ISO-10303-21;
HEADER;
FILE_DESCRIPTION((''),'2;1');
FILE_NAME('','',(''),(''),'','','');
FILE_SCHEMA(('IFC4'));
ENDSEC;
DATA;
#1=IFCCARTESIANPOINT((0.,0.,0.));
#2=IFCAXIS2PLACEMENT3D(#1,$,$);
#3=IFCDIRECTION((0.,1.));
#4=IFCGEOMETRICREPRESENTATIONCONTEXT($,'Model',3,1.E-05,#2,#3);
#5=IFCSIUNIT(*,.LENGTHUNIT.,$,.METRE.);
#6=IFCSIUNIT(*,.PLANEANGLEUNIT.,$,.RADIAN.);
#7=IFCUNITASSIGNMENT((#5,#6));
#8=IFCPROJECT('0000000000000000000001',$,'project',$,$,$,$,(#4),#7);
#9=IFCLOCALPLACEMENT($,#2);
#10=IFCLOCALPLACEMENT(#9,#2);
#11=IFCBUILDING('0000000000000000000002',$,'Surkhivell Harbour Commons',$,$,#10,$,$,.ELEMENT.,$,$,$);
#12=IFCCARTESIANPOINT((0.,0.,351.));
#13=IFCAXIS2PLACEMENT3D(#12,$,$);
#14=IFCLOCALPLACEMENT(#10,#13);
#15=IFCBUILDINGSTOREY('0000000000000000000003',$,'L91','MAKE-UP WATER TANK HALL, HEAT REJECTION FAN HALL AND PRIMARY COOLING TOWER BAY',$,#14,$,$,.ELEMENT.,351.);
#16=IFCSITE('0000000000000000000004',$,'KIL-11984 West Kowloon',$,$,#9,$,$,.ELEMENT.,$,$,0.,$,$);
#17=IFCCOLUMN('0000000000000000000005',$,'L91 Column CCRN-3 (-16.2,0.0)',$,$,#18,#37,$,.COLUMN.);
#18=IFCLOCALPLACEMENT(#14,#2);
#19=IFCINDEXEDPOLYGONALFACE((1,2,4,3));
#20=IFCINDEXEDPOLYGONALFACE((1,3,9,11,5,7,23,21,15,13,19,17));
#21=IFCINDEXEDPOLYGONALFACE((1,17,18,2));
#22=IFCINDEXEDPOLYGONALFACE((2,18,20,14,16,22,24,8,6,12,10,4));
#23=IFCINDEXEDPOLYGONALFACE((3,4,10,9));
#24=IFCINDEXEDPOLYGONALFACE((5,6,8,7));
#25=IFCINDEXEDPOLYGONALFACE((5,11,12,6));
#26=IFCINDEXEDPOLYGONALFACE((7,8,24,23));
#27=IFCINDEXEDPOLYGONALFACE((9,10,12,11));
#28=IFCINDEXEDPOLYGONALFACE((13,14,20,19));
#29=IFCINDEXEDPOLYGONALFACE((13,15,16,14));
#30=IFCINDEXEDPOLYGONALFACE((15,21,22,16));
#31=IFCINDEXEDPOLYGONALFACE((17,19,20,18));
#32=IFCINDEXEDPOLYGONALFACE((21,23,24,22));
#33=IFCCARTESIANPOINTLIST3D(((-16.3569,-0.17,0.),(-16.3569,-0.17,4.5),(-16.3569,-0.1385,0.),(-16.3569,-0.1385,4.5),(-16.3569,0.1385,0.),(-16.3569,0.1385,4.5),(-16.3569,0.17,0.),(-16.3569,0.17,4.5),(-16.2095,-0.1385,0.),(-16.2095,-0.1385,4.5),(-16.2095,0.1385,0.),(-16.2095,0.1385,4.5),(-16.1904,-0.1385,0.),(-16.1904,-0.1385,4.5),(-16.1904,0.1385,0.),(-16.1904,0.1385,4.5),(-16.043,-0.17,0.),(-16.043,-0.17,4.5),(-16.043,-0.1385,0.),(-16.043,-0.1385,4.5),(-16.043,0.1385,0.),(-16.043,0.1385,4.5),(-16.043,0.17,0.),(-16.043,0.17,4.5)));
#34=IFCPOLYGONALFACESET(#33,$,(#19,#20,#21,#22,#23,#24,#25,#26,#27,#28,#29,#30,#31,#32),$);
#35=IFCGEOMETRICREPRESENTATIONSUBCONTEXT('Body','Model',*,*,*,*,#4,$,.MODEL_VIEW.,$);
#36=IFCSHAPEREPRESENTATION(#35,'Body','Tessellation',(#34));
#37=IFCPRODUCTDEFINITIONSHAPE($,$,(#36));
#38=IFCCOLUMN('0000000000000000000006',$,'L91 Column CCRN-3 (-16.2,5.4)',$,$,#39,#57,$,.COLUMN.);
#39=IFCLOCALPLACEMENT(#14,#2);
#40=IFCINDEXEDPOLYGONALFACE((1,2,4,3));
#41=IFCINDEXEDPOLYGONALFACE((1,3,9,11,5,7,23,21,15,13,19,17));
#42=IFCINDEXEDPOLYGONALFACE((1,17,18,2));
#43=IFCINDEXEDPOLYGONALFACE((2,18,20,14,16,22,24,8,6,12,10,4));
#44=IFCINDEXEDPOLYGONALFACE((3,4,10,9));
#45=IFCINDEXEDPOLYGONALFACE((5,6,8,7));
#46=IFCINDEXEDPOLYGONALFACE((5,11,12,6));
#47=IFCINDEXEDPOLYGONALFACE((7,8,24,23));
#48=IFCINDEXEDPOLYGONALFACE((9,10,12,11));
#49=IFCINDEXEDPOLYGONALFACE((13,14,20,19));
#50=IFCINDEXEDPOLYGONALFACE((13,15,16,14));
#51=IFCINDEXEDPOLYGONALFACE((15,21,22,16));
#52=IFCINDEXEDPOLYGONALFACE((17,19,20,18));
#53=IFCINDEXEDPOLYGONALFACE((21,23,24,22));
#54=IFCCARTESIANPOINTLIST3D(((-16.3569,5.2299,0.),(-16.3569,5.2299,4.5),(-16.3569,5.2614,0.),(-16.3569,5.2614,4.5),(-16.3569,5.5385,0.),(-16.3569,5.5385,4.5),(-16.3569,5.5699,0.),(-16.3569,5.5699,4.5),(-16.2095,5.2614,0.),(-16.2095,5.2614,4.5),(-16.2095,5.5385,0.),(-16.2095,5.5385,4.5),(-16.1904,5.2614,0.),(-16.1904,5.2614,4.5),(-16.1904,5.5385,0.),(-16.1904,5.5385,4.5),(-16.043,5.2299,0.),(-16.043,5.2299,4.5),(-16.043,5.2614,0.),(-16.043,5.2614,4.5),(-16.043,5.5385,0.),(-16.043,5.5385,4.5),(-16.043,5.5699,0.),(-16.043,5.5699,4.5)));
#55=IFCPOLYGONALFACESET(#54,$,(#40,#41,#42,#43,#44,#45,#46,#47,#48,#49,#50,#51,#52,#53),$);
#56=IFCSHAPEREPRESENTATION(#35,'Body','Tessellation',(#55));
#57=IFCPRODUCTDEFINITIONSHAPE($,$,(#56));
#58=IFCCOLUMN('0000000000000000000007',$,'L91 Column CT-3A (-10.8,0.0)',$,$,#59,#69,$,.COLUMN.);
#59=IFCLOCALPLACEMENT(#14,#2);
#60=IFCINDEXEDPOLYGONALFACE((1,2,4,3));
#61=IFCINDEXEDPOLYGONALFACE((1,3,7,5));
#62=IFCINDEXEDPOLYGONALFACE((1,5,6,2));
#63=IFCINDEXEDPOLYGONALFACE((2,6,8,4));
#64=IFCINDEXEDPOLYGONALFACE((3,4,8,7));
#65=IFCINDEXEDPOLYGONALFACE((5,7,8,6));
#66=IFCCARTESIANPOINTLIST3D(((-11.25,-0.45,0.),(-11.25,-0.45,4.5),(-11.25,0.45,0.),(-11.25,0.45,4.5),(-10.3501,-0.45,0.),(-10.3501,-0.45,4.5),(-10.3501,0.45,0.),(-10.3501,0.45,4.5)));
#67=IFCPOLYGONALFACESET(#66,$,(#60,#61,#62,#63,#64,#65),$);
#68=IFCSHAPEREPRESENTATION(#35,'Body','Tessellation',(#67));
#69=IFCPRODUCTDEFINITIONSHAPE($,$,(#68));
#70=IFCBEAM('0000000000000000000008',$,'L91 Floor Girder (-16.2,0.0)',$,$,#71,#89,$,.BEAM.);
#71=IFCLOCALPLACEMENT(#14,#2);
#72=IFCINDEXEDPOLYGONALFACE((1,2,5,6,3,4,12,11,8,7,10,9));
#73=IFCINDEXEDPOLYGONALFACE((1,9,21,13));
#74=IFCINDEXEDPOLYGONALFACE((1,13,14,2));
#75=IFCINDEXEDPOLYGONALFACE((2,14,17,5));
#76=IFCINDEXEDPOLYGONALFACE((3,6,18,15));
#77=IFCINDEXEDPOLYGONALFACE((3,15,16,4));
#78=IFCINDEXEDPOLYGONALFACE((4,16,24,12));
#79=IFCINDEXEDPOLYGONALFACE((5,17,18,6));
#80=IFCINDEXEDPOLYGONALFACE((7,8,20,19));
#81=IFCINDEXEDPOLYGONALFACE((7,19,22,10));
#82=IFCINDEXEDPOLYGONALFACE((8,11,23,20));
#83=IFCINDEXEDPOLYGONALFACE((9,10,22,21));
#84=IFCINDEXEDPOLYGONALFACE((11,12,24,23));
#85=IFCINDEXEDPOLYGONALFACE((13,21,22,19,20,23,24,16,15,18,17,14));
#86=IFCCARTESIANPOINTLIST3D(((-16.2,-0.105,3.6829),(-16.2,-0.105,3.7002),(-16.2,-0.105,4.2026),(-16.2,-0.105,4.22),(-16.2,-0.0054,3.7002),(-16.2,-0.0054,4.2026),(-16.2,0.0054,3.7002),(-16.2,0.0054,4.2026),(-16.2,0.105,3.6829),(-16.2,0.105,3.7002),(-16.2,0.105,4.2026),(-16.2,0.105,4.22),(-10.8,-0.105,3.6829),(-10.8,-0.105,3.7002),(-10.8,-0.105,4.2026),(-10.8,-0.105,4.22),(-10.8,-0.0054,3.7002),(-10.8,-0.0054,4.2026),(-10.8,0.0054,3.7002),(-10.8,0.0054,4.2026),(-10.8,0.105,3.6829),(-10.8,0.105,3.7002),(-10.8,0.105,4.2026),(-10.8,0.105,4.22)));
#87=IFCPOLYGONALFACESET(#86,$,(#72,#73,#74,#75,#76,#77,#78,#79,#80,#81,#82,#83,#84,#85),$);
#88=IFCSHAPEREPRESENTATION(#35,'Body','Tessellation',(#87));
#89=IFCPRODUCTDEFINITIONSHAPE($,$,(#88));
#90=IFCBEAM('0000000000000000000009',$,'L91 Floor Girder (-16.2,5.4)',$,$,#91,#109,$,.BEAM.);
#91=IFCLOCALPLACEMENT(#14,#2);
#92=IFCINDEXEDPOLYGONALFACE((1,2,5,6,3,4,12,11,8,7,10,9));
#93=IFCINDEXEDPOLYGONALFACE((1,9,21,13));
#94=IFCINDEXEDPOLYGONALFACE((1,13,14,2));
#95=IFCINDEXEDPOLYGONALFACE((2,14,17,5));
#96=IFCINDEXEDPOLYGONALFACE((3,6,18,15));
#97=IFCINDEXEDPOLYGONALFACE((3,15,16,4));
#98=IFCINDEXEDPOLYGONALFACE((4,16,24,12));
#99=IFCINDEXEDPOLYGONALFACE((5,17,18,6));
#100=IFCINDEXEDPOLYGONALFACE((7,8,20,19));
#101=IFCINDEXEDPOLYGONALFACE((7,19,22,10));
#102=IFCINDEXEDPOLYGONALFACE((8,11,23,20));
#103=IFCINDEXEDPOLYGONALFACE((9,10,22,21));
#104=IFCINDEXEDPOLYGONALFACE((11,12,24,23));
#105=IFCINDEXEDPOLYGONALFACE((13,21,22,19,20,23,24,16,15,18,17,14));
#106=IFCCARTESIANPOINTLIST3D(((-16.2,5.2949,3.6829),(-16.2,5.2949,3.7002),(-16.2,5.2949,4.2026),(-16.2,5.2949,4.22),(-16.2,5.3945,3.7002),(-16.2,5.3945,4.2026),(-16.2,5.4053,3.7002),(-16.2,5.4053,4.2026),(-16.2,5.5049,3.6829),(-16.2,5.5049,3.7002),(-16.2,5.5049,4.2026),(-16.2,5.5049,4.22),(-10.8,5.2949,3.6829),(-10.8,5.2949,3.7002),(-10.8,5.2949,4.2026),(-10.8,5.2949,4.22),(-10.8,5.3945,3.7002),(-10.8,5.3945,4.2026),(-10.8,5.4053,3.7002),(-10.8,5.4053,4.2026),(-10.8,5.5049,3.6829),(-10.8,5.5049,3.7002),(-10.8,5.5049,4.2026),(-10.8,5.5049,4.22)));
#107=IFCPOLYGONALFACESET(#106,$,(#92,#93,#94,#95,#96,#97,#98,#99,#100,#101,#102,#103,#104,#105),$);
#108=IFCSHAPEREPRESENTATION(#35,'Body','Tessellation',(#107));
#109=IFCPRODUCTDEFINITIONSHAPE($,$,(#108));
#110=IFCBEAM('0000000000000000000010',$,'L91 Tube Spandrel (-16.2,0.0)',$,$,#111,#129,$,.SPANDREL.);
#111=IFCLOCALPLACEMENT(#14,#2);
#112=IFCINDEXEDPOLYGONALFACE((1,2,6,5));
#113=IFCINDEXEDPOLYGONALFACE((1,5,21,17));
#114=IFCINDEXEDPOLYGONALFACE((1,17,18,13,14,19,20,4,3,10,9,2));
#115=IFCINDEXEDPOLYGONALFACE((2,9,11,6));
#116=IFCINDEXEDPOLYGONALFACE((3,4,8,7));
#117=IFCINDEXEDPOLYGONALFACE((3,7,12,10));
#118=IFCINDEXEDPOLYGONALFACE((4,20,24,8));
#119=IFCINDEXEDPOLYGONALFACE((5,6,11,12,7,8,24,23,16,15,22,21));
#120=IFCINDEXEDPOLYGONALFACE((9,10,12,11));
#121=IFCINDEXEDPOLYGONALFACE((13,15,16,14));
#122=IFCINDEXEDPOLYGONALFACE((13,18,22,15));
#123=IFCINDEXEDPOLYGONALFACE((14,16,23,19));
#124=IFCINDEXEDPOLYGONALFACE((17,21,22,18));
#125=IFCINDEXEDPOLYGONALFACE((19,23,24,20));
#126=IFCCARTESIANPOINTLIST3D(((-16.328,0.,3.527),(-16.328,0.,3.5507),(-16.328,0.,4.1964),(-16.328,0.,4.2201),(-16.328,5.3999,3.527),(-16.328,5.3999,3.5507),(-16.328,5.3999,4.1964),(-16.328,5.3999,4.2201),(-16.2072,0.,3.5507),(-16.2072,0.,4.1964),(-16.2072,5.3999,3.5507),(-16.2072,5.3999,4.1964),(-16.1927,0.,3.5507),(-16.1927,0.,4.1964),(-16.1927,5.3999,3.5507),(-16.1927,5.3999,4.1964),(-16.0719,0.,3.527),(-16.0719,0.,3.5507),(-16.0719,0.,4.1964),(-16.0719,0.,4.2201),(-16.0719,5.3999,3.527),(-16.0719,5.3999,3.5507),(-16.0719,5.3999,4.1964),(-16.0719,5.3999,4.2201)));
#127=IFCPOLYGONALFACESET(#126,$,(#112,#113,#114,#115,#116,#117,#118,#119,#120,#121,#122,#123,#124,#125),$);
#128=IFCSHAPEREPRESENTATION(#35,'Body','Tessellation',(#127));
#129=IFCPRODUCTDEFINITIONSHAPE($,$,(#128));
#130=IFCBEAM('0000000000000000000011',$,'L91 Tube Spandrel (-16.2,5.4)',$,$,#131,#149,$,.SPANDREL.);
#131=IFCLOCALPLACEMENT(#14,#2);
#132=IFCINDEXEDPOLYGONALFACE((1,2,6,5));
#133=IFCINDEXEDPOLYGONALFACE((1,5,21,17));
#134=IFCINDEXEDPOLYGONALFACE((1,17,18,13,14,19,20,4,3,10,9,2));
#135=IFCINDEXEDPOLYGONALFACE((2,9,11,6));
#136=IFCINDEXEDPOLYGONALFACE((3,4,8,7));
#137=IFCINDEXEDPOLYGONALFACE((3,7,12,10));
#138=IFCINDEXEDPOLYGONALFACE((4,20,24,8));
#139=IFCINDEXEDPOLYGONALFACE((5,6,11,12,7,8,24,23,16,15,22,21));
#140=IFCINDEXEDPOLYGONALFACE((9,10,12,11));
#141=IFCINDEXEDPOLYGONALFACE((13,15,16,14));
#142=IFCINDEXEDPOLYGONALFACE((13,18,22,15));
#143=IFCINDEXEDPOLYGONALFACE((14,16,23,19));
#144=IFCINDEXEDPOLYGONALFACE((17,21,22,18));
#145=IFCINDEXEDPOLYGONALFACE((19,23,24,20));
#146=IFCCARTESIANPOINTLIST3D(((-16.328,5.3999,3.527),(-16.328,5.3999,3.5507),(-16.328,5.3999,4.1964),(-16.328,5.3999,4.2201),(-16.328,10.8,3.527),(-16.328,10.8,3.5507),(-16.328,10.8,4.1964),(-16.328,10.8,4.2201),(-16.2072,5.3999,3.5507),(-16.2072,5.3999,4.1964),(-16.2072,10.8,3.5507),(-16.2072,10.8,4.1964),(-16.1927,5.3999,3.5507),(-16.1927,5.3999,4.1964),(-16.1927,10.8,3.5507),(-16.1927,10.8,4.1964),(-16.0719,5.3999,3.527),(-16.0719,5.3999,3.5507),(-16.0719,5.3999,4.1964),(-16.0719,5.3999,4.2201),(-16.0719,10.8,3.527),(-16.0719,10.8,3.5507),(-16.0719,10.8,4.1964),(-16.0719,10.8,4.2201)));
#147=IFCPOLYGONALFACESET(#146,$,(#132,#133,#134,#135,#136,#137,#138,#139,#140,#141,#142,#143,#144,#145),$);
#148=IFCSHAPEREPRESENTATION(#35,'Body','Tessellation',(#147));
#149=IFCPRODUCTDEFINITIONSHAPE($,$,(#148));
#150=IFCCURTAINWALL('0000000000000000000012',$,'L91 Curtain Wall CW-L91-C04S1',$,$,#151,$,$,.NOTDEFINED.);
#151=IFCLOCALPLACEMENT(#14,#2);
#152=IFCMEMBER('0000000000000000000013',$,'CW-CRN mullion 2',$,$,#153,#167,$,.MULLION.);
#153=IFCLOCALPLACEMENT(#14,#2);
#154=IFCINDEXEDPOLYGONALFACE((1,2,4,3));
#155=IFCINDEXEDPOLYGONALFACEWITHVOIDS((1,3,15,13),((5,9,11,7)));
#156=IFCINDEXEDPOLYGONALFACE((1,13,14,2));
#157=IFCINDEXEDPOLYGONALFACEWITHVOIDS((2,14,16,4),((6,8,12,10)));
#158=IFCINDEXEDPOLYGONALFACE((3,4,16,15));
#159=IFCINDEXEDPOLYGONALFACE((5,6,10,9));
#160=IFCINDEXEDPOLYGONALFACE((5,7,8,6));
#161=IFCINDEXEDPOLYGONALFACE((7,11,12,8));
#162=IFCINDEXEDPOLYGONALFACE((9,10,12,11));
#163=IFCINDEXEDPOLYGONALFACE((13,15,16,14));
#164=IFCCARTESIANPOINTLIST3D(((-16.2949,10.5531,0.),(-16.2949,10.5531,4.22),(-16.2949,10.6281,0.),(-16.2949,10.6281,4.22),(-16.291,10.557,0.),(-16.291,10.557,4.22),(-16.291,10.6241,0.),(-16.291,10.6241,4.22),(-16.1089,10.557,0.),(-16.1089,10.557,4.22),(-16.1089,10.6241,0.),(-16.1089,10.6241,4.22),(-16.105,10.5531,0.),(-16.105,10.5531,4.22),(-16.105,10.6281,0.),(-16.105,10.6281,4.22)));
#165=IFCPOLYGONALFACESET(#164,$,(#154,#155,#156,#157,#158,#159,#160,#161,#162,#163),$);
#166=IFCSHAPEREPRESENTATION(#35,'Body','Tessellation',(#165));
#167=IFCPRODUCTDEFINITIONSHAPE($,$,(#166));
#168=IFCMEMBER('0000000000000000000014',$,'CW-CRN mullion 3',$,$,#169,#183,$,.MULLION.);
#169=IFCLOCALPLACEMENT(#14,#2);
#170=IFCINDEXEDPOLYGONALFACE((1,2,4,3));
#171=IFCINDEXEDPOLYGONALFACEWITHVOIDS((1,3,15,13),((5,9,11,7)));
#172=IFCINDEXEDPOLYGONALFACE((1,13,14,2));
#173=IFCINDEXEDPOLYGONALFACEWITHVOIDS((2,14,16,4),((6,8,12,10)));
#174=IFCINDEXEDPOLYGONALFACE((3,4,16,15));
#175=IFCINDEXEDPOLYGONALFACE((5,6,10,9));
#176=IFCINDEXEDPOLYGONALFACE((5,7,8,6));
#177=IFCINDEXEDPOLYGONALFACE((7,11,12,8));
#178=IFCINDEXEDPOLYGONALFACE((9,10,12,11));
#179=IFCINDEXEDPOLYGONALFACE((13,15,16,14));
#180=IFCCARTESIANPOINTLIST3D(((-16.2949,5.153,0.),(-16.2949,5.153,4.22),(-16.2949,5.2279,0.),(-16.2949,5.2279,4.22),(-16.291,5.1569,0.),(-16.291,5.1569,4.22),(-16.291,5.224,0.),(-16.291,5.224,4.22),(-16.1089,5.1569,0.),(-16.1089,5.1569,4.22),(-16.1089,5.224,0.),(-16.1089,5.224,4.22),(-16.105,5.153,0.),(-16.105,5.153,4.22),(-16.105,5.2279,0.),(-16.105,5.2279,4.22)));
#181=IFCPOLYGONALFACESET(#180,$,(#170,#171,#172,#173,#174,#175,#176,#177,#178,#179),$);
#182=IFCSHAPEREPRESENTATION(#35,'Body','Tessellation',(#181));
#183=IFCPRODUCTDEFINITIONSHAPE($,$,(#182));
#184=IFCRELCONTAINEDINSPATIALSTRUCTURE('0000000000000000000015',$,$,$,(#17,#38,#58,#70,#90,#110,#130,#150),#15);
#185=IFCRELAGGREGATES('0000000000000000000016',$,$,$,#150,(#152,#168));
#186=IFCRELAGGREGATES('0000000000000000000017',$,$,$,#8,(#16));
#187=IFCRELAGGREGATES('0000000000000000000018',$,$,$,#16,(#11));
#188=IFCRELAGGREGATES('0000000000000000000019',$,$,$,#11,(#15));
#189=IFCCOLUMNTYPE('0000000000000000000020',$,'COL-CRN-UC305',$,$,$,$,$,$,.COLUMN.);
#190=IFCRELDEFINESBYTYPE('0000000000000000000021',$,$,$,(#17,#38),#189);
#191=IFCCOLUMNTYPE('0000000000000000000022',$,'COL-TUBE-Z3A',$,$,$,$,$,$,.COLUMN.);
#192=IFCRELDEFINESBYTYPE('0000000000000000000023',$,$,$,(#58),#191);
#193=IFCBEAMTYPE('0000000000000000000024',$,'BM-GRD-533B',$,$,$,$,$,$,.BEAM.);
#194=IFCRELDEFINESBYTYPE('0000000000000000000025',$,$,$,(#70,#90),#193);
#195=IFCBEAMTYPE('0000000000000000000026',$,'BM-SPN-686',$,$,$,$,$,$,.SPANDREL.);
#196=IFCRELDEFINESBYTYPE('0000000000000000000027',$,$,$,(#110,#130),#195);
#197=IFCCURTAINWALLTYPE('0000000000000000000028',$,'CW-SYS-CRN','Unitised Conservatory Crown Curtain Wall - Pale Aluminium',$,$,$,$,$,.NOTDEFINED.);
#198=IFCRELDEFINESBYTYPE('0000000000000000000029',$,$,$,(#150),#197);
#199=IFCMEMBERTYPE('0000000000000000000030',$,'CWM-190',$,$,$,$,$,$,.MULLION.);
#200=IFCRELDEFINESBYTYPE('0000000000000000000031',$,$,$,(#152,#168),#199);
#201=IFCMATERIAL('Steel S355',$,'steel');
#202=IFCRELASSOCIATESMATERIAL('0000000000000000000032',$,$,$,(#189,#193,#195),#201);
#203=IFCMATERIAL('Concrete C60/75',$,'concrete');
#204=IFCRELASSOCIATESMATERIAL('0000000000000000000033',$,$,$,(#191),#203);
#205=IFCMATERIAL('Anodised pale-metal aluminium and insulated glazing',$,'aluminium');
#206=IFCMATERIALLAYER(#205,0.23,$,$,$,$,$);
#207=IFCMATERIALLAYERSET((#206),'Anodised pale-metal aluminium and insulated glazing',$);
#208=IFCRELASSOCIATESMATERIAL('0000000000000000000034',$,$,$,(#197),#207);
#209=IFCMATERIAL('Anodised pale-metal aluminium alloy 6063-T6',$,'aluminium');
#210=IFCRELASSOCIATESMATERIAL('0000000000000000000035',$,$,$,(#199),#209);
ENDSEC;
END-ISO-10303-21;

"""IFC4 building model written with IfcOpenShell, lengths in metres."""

from ifc_helpers import new_model, si_unit, direction, frame, origin, origin_2d, place, context, subcontext, project, spatial, rectangle, hollow_rectangle, i_section, extrude, material, layer, layer_set, material_profile, profile_set, type_object, element, aggregate, save


model = new_model("IFC4")

# Units and contexts
model_context = context("Model", 3, precision=1e-05, world=origin(), true_north=direction((0.0, 1.0)))
body_context = subcontext(model_context, "Body", "Model", "MODEL_VIEW")
ifc_project = project(units=[si_unit("LENGTHUNIT", "METRE"), si_unit("PLANEANGLEUNIT", "RADIAN")], contexts=[model_context])

# Site, building, storey
site_placement = place(None, origin())
site = spatial("IfcSite", under=ifc_project, at=site_placement, Name="KIL-11984 West Kowloon", CompositionType="ELEMENT", RefElevation=0.0)
building_placement = place(site_placement, origin())
building = spatial("IfcBuilding", under=site, at=building_placement, Name="Surkhivell Harbour Commons", CompositionType="ELEMENT")
storey_placement = place(building_placement, frame((0.0, 0.0, 351.0)))
storey = spatial("IfcBuildingStorey", under=building, at=storey_placement, Name="L91", Description="MAKE-UP WATER TANK HALL, HEAT REJECTION FAN HALL AND PRIMARY COOLING TOWER BAY", CompositionType="ELEMENT", Elevation=351.0)

# Columns
ifc_material_1 = material(Name="Steel S355", Category="steel")
ifc_material_profile_1 = material_profile(ifc_material_1, i_section(OverallWidth=0.314, OverallDepth=0.3401, WebThickness=0.019, FlangeThickness=0.0315, at=origin_2d()), Name="UC305x305x198")
ifc_profile_set_1 = profile_set([ifc_material_profile_1], Name="Steel S355")
column_type_1 = type_object("IfcColumnType", Name="COL-CRN-UC305", PredefinedType="COLUMN", material=ifc_profile_set_1)
for number, where, z_axis, x_axis, name in (
    (1, (-16.2, 0.0, 0.0), (0.0, 0.0, 1.0), (1.0, 0.0, 0.0), "L91 Column CCRN-3 (-16.2,0.0)"),
    (2, (-16.2, 5.3999, 0.0), (0.0, 0.0, 1.0), (1.0, 0.0, 0.0), "L91 Column CCRN-3 (-16.2,5.4)"),
):
    element("IfcColumn", number, at=place(storey_placement, frame(where, z_axis=z_axis, x_axis=x_axis)), inside=storey, type_object=column_type_1, Name=name, PredefinedType="COLUMN", context=body_context, shape_type="SweptSolid", body=[
        extrude(i_section(OverallWidth=0.314, OverallDepth=0.3401, WebThickness=0.019, FlangeThickness=0.0315, at=origin_2d()), origin(), (0.0, 0.0, 1.0), 4.5),
    ])
ifc_material_2 = material(Name="Concrete C60/75", Category="concrete")
ifc_material_profile_2 = material_profile(ifc_material_2, rectangle(XDim=0.8999, YDim=0.8999, at=origin_2d()), Name="RC-COL-900x900")
ifc_profile_set_2 = profile_set([ifc_material_profile_2], Name="Concrete C60/75")
column_type_2 = type_object("IfcColumnType", Name="COL-TUBE-Z3A", PredefinedType="COLUMN", material=ifc_profile_set_2)
column_placement = place(storey_placement, frame((-10.8, 0.0, 0.0), z_axis=(0.0, 0.0, 1.0), x_axis=(1.0, 0.0, 0.0)))
element("IfcColumn", 3, at=column_placement, inside=storey, type_object=column_type_2, Name="L91 Column CT-3A (-10.8,0.0)", PredefinedType="COLUMN", context=body_context, shape_type="SweptSolid", body=[
    extrude(rectangle(XDim=0.8999, YDim=0.8999, at=origin_2d()), origin(), (0.0, 0.0, 1.0), 4.5),
])

# Beams
ifc_material_profile_3 = material_profile(ifc_material_1, i_section(OverallWidth=0.21, OverallDepth=0.5371, WebThickness=0.0107, FlangeThickness=0.0173, at=origin_2d()), Name="UB533x210x101")
ifc_profile_set_3 = profile_set([ifc_material_profile_3], Name="Steel S355")
beam_type_1 = type_object("IfcBeamType", Name="BM-GRD-533B", PredefinedType="BEAM", material=ifc_profile_set_3)
for number, where, z_axis, x_axis, name in (
    (4, (-16.2, 0.0, 3.9514), (1.0, 0.0, 0.0), (0.0, 1.0, 0.0), "L91 Floor Girder (-16.2,0.0)"),
    (5, (-16.2, 5.3999, 3.9514), (1.0, 0.0, 0.0), (0.0, 1.0, 0.0), "L91 Floor Girder (-16.2,5.4)"),
):
    element("IfcBeam", number, at=place(storey_placement, frame(where, z_axis=z_axis, x_axis=x_axis)), inside=storey, type_object=beam_type_1, Name=name, PredefinedType="BEAM", context=body_context, shape_type="SweptSolid", body=[
        extrude(i_section(OverallWidth=0.21, OverallDepth=0.5371, WebThickness=0.0107, FlangeThickness=0.0173, at=origin_2d()), origin(), (0.0, 0.0, 1.0), 5.3999),
    ])
ifc_material_profile_4 = material_profile(ifc_material_1, i_section(OverallWidth=0.2561, OverallDepth=0.6931, WebThickness=0.0144, FlangeThickness=0.0237, at=origin_2d()), Name="UB686x254x170")
ifc_profile_set_4 = profile_set([ifc_material_profile_4], Name="Steel S355")
beam_type_2 = type_object("IfcBeamType", Name="BM-SPN-686", PredefinedType="SPANDREL", material=ifc_profile_set_4)
beam_1_placement = place(storey_placement, frame((-16.2, 0.0, 3.8735), z_axis=(0.0, 1.0, 0.0), x_axis=(-1.0, 0.0, 0.0)))
element("IfcBeam", 6, at=beam_1_placement, inside=storey, type_object=beam_type_2, Name="L91 Tube Spandrel (-16.2,0.0)", PredefinedType="SPANDREL", context=body_context, shape_type="SweptSolid", body=[
    extrude(i_section(OverallWidth=0.2561, OverallDepth=0.6931, WebThickness=0.0144, FlangeThickness=0.0237, at=origin_2d()), origin(), (0.0, 0.0, 1.0), 5.3999),
])
beam_2_placement = place(storey_placement, frame((-16.2, 5.3999, 3.8735), z_axis=(0.0, 1.0, 0.0), x_axis=(-1.0, 0.0, 0.0)))
element("IfcBeam", 7, at=beam_2_placement, inside=storey, type_object=beam_type_2, Name="L91 Tube Spandrel (-16.2,5.4)", PredefinedType="SPANDREL", context=body_context, shape_type="SweptSolid", body=[
    extrude(i_section(OverallWidth=0.2561, OverallDepth=0.6931, WebThickness=0.0144, FlangeThickness=0.0237, at=origin_2d()), origin(), (0.0, 0.0, 1.0), 5.4001),
])

# Curtain wall, members
ifc_material_3 = material(Name="Anodised pale-metal aluminium and insulated glazing", Category="aluminium")
ifc_layer_1 = layer(ifc_material_3, 0.23)
ifc_layer_set_1 = layer_set([ifc_layer_1], Name="Anodised pale-metal aluminium and insulated glazing")
curtain_wall_type = type_object("IfcCurtainWallType", Name="CW-SYS-CRN", Description="Unitised Conservatory Crown Curtain Wall - Pale Aluminium", PredefinedType="NOTDEFINED", material=ifc_layer_set_1)
curtain_wall_placement = place(storey_placement, origin())
curtain_wall = element("IfcCurtainWall", 8, at=curtain_wall_placement, inside=storey, type_object=curtain_wall_type, Name="L91 Curtain Wall CW-L91-C04S1", PredefinedType="NOTDEFINED")
ifc_material_4 = material(Name="Anodised pale-metal aluminium alloy 6063-T6", Category="aluminium")
ifc_material_profile_5 = material_profile(ifc_material_4, hollow_rectangle(XDim=0.075, YDim=0.1899, WallThickness=0.0039, at=origin_2d()), Name="ALU-MULL-75x190")
ifc_profile_set_5 = profile_set([ifc_material_profile_5], Name="Anodised pale-metal aluminium alloy 6063-T6")
member_type_1 = type_object("IfcMemberType", Name="CWM-190", PredefinedType="MULLION", material=ifc_profile_set_5)
member_1_placement = place(storey_placement, frame((-16.2, 10.5906, 0.0), z_axis=(0.0, 0.0, 1.0), x_axis=(0.0, -1.0, 0.0)))
member_1 = element("IfcMember", 9, at=member_1_placement, type_object=member_type_1, Name="CW-CRN mullion 2", PredefinedType="MULLION", context=body_context, shape_type="SweptSolid", body=[
    extrude(hollow_rectangle(XDim=0.075, YDim=0.1899, WallThickness=0.0039, at=origin_2d()), origin(), (0.0, 0.0, 1.0), 4.22),
])
member_2_placement = place(storey_placement, frame((-16.2, 5.1904, 0.0), z_axis=(0.0, 0.0, 1.0), x_axis=(0.0, -1.0, 0.0)))
member_2 = element("IfcMember", 10, at=member_2_placement, type_object=member_type_1, Name="CW-CRN mullion 3", PredefinedType="MULLION", context=body_context, shape_type="SweptSolid", body=[
    extrude(hollow_rectangle(XDim=0.075, YDim=0.1899, WallThickness=0.0039, at=origin_2d()), origin(), (0.0, 0.0, 1.0), 4.22),
])
aggregate(curtain_wall, [member_1, member_2])

save(model, "model.ifc")
